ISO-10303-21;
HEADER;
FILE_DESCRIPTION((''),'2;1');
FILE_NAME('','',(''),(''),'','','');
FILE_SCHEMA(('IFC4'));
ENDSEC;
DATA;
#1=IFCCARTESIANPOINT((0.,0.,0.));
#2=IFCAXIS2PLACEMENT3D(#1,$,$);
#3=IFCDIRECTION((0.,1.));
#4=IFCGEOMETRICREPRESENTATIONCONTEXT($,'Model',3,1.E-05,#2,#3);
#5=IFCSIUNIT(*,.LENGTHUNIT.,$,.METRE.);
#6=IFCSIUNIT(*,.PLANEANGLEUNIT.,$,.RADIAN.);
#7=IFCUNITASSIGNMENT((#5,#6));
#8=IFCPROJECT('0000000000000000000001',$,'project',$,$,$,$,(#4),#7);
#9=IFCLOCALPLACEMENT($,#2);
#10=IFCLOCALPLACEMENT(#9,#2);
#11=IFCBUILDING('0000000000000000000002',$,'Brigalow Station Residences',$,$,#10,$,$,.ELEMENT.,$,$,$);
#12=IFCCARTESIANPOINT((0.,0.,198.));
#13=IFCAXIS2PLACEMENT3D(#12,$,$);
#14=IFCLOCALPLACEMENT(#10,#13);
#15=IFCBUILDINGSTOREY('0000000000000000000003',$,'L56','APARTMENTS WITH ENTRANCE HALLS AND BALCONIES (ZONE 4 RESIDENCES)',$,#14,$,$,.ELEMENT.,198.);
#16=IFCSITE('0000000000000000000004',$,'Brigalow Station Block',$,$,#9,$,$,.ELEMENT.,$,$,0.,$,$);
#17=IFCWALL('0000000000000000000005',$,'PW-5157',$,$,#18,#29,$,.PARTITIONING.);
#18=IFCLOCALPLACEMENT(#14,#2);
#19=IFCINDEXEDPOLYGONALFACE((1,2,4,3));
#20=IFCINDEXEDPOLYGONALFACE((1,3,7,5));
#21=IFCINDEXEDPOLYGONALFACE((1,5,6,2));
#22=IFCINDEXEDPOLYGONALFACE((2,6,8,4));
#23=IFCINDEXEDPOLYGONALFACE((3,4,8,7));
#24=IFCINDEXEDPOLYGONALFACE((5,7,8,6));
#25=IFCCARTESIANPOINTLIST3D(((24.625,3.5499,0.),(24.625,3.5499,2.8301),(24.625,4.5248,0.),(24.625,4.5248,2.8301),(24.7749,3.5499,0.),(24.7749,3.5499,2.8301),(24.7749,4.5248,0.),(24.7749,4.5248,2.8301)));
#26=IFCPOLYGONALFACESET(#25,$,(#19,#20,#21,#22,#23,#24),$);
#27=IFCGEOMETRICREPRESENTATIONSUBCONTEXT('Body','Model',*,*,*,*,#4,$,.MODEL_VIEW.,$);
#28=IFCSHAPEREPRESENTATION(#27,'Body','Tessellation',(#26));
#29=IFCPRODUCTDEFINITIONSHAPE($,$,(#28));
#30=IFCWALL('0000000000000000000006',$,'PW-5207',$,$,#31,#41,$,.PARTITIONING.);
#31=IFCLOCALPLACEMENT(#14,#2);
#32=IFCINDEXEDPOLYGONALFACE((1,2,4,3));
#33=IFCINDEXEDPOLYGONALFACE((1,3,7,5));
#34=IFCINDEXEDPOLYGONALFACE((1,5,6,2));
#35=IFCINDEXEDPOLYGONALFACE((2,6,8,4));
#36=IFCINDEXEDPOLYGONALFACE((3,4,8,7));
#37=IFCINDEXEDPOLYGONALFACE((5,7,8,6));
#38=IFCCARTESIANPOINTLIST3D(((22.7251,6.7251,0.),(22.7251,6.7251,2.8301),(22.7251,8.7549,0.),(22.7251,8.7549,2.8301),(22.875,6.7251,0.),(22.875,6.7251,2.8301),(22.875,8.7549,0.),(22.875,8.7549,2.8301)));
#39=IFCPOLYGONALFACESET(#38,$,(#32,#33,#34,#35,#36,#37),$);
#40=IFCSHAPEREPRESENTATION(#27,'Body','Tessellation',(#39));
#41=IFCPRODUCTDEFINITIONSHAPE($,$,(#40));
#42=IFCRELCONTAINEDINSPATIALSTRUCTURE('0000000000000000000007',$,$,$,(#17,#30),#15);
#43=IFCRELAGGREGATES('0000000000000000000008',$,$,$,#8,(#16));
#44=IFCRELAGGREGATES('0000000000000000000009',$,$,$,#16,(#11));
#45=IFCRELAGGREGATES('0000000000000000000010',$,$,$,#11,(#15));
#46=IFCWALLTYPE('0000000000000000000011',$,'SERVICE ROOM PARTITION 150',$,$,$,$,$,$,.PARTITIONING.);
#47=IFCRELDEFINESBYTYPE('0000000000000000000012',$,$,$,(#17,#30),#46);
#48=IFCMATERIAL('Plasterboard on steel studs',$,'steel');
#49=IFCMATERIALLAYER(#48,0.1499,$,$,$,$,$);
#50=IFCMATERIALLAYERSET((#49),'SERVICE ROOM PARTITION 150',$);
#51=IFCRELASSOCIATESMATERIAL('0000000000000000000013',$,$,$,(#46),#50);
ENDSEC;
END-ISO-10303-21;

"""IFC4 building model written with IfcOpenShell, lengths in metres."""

from ifc_helpers import new_model, si_unit, direction, frame, frame_2d, origin, place, context, subcontext, project, spatial, rectangle, extrude, material, layer, layer_set, type_object, element, save


model = new_model("IFC4")

# Units and contexts
model_context = context("Model", 3, precision=1e-05, world=origin(), true_north=direction((0.0, 1.0)))
body_context = subcontext(model_context, "Body", "Model", "MODEL_VIEW")
ifc_project = project(units=[si_unit("LENGTHUNIT", "METRE"), si_unit("PLANEANGLEUNIT", "RADIAN")], contexts=[model_context])

# Site, building, storey
site_placement = place(None, origin())
site = spatial("IfcSite", under=ifc_project, at=site_placement, Name="Brigalow Station Block", CompositionType="ELEMENT", RefElevation=0.0)
building_placement = place(site_placement, origin())
building = spatial("IfcBuilding", under=site, at=building_placement, Name="Brigalow Station Residences", CompositionType="ELEMENT")
storey_placement = place(building_placement, frame((0.0, 0.0, 198.0)))
storey = spatial("IfcBuildingStorey", under=building, at=storey_placement, Name="L56", Description="APARTMENTS WITH ENTRANCE HALLS AND BALCONIES (ZONE 4 RESIDENCES)", CompositionType="ELEMENT", Elevation=198.0)

# Shared definitions
ifc_material_1 = material(Name="Plasterboard on steel studs", Category="steel")
ifc_layer_1 = layer(ifc_material_1, 0.1499)
ifc_layer_set_1 = layer_set([ifc_layer_1], Name="SERVICE ROOM PARTITION 150")
wall_type_1 = type_object("IfcWallType", Name="SERVICE ROOM PARTITION 150", PredefinedType="PARTITIONING", material=ifc_layer_set_1)

# Walls
wall_1_placement = place(storey_placement, frame((24.7, 3.55, 0.0), z_axis=(0.0, 0.0, 1.0), x_axis=(0.0, 1.0, 0.0)))
element("IfcWall", 1, at=wall_1_placement, inside=storey, type_object=wall_type_1, Name="PW-5157", PredefinedType="PARTITIONING", context=body_context, shape_type="SweptSolid", body=[
    extrude(rectangle(XDim=0.9749, YDim=0.1499, at=frame_2d((0.4873, 0.0))), origin(), (0.0, 0.0, 1.0), 2.8301),
])
wall_2_placement = place(storey_placement, frame((22.8, 6.7251, 0.0), z_axis=(0.0, 0.0, 1.0), x_axis=(0.0, 1.0, 0.0)))
element("IfcWall", 2, at=wall_2_placement, inside=storey, type_object=wall_type_1, Name="PW-5207", PredefinedType="PARTITIONING", context=body_context, shape_type="SweptSolid", body=[
    extrude(rectangle(XDim=2.0298, YDim=0.1499, at=frame_2d((1.0149, 0.0))), origin(), (0.0, 0.0, 1.0), 2.8301),
])

save(model, "model.ifc")
